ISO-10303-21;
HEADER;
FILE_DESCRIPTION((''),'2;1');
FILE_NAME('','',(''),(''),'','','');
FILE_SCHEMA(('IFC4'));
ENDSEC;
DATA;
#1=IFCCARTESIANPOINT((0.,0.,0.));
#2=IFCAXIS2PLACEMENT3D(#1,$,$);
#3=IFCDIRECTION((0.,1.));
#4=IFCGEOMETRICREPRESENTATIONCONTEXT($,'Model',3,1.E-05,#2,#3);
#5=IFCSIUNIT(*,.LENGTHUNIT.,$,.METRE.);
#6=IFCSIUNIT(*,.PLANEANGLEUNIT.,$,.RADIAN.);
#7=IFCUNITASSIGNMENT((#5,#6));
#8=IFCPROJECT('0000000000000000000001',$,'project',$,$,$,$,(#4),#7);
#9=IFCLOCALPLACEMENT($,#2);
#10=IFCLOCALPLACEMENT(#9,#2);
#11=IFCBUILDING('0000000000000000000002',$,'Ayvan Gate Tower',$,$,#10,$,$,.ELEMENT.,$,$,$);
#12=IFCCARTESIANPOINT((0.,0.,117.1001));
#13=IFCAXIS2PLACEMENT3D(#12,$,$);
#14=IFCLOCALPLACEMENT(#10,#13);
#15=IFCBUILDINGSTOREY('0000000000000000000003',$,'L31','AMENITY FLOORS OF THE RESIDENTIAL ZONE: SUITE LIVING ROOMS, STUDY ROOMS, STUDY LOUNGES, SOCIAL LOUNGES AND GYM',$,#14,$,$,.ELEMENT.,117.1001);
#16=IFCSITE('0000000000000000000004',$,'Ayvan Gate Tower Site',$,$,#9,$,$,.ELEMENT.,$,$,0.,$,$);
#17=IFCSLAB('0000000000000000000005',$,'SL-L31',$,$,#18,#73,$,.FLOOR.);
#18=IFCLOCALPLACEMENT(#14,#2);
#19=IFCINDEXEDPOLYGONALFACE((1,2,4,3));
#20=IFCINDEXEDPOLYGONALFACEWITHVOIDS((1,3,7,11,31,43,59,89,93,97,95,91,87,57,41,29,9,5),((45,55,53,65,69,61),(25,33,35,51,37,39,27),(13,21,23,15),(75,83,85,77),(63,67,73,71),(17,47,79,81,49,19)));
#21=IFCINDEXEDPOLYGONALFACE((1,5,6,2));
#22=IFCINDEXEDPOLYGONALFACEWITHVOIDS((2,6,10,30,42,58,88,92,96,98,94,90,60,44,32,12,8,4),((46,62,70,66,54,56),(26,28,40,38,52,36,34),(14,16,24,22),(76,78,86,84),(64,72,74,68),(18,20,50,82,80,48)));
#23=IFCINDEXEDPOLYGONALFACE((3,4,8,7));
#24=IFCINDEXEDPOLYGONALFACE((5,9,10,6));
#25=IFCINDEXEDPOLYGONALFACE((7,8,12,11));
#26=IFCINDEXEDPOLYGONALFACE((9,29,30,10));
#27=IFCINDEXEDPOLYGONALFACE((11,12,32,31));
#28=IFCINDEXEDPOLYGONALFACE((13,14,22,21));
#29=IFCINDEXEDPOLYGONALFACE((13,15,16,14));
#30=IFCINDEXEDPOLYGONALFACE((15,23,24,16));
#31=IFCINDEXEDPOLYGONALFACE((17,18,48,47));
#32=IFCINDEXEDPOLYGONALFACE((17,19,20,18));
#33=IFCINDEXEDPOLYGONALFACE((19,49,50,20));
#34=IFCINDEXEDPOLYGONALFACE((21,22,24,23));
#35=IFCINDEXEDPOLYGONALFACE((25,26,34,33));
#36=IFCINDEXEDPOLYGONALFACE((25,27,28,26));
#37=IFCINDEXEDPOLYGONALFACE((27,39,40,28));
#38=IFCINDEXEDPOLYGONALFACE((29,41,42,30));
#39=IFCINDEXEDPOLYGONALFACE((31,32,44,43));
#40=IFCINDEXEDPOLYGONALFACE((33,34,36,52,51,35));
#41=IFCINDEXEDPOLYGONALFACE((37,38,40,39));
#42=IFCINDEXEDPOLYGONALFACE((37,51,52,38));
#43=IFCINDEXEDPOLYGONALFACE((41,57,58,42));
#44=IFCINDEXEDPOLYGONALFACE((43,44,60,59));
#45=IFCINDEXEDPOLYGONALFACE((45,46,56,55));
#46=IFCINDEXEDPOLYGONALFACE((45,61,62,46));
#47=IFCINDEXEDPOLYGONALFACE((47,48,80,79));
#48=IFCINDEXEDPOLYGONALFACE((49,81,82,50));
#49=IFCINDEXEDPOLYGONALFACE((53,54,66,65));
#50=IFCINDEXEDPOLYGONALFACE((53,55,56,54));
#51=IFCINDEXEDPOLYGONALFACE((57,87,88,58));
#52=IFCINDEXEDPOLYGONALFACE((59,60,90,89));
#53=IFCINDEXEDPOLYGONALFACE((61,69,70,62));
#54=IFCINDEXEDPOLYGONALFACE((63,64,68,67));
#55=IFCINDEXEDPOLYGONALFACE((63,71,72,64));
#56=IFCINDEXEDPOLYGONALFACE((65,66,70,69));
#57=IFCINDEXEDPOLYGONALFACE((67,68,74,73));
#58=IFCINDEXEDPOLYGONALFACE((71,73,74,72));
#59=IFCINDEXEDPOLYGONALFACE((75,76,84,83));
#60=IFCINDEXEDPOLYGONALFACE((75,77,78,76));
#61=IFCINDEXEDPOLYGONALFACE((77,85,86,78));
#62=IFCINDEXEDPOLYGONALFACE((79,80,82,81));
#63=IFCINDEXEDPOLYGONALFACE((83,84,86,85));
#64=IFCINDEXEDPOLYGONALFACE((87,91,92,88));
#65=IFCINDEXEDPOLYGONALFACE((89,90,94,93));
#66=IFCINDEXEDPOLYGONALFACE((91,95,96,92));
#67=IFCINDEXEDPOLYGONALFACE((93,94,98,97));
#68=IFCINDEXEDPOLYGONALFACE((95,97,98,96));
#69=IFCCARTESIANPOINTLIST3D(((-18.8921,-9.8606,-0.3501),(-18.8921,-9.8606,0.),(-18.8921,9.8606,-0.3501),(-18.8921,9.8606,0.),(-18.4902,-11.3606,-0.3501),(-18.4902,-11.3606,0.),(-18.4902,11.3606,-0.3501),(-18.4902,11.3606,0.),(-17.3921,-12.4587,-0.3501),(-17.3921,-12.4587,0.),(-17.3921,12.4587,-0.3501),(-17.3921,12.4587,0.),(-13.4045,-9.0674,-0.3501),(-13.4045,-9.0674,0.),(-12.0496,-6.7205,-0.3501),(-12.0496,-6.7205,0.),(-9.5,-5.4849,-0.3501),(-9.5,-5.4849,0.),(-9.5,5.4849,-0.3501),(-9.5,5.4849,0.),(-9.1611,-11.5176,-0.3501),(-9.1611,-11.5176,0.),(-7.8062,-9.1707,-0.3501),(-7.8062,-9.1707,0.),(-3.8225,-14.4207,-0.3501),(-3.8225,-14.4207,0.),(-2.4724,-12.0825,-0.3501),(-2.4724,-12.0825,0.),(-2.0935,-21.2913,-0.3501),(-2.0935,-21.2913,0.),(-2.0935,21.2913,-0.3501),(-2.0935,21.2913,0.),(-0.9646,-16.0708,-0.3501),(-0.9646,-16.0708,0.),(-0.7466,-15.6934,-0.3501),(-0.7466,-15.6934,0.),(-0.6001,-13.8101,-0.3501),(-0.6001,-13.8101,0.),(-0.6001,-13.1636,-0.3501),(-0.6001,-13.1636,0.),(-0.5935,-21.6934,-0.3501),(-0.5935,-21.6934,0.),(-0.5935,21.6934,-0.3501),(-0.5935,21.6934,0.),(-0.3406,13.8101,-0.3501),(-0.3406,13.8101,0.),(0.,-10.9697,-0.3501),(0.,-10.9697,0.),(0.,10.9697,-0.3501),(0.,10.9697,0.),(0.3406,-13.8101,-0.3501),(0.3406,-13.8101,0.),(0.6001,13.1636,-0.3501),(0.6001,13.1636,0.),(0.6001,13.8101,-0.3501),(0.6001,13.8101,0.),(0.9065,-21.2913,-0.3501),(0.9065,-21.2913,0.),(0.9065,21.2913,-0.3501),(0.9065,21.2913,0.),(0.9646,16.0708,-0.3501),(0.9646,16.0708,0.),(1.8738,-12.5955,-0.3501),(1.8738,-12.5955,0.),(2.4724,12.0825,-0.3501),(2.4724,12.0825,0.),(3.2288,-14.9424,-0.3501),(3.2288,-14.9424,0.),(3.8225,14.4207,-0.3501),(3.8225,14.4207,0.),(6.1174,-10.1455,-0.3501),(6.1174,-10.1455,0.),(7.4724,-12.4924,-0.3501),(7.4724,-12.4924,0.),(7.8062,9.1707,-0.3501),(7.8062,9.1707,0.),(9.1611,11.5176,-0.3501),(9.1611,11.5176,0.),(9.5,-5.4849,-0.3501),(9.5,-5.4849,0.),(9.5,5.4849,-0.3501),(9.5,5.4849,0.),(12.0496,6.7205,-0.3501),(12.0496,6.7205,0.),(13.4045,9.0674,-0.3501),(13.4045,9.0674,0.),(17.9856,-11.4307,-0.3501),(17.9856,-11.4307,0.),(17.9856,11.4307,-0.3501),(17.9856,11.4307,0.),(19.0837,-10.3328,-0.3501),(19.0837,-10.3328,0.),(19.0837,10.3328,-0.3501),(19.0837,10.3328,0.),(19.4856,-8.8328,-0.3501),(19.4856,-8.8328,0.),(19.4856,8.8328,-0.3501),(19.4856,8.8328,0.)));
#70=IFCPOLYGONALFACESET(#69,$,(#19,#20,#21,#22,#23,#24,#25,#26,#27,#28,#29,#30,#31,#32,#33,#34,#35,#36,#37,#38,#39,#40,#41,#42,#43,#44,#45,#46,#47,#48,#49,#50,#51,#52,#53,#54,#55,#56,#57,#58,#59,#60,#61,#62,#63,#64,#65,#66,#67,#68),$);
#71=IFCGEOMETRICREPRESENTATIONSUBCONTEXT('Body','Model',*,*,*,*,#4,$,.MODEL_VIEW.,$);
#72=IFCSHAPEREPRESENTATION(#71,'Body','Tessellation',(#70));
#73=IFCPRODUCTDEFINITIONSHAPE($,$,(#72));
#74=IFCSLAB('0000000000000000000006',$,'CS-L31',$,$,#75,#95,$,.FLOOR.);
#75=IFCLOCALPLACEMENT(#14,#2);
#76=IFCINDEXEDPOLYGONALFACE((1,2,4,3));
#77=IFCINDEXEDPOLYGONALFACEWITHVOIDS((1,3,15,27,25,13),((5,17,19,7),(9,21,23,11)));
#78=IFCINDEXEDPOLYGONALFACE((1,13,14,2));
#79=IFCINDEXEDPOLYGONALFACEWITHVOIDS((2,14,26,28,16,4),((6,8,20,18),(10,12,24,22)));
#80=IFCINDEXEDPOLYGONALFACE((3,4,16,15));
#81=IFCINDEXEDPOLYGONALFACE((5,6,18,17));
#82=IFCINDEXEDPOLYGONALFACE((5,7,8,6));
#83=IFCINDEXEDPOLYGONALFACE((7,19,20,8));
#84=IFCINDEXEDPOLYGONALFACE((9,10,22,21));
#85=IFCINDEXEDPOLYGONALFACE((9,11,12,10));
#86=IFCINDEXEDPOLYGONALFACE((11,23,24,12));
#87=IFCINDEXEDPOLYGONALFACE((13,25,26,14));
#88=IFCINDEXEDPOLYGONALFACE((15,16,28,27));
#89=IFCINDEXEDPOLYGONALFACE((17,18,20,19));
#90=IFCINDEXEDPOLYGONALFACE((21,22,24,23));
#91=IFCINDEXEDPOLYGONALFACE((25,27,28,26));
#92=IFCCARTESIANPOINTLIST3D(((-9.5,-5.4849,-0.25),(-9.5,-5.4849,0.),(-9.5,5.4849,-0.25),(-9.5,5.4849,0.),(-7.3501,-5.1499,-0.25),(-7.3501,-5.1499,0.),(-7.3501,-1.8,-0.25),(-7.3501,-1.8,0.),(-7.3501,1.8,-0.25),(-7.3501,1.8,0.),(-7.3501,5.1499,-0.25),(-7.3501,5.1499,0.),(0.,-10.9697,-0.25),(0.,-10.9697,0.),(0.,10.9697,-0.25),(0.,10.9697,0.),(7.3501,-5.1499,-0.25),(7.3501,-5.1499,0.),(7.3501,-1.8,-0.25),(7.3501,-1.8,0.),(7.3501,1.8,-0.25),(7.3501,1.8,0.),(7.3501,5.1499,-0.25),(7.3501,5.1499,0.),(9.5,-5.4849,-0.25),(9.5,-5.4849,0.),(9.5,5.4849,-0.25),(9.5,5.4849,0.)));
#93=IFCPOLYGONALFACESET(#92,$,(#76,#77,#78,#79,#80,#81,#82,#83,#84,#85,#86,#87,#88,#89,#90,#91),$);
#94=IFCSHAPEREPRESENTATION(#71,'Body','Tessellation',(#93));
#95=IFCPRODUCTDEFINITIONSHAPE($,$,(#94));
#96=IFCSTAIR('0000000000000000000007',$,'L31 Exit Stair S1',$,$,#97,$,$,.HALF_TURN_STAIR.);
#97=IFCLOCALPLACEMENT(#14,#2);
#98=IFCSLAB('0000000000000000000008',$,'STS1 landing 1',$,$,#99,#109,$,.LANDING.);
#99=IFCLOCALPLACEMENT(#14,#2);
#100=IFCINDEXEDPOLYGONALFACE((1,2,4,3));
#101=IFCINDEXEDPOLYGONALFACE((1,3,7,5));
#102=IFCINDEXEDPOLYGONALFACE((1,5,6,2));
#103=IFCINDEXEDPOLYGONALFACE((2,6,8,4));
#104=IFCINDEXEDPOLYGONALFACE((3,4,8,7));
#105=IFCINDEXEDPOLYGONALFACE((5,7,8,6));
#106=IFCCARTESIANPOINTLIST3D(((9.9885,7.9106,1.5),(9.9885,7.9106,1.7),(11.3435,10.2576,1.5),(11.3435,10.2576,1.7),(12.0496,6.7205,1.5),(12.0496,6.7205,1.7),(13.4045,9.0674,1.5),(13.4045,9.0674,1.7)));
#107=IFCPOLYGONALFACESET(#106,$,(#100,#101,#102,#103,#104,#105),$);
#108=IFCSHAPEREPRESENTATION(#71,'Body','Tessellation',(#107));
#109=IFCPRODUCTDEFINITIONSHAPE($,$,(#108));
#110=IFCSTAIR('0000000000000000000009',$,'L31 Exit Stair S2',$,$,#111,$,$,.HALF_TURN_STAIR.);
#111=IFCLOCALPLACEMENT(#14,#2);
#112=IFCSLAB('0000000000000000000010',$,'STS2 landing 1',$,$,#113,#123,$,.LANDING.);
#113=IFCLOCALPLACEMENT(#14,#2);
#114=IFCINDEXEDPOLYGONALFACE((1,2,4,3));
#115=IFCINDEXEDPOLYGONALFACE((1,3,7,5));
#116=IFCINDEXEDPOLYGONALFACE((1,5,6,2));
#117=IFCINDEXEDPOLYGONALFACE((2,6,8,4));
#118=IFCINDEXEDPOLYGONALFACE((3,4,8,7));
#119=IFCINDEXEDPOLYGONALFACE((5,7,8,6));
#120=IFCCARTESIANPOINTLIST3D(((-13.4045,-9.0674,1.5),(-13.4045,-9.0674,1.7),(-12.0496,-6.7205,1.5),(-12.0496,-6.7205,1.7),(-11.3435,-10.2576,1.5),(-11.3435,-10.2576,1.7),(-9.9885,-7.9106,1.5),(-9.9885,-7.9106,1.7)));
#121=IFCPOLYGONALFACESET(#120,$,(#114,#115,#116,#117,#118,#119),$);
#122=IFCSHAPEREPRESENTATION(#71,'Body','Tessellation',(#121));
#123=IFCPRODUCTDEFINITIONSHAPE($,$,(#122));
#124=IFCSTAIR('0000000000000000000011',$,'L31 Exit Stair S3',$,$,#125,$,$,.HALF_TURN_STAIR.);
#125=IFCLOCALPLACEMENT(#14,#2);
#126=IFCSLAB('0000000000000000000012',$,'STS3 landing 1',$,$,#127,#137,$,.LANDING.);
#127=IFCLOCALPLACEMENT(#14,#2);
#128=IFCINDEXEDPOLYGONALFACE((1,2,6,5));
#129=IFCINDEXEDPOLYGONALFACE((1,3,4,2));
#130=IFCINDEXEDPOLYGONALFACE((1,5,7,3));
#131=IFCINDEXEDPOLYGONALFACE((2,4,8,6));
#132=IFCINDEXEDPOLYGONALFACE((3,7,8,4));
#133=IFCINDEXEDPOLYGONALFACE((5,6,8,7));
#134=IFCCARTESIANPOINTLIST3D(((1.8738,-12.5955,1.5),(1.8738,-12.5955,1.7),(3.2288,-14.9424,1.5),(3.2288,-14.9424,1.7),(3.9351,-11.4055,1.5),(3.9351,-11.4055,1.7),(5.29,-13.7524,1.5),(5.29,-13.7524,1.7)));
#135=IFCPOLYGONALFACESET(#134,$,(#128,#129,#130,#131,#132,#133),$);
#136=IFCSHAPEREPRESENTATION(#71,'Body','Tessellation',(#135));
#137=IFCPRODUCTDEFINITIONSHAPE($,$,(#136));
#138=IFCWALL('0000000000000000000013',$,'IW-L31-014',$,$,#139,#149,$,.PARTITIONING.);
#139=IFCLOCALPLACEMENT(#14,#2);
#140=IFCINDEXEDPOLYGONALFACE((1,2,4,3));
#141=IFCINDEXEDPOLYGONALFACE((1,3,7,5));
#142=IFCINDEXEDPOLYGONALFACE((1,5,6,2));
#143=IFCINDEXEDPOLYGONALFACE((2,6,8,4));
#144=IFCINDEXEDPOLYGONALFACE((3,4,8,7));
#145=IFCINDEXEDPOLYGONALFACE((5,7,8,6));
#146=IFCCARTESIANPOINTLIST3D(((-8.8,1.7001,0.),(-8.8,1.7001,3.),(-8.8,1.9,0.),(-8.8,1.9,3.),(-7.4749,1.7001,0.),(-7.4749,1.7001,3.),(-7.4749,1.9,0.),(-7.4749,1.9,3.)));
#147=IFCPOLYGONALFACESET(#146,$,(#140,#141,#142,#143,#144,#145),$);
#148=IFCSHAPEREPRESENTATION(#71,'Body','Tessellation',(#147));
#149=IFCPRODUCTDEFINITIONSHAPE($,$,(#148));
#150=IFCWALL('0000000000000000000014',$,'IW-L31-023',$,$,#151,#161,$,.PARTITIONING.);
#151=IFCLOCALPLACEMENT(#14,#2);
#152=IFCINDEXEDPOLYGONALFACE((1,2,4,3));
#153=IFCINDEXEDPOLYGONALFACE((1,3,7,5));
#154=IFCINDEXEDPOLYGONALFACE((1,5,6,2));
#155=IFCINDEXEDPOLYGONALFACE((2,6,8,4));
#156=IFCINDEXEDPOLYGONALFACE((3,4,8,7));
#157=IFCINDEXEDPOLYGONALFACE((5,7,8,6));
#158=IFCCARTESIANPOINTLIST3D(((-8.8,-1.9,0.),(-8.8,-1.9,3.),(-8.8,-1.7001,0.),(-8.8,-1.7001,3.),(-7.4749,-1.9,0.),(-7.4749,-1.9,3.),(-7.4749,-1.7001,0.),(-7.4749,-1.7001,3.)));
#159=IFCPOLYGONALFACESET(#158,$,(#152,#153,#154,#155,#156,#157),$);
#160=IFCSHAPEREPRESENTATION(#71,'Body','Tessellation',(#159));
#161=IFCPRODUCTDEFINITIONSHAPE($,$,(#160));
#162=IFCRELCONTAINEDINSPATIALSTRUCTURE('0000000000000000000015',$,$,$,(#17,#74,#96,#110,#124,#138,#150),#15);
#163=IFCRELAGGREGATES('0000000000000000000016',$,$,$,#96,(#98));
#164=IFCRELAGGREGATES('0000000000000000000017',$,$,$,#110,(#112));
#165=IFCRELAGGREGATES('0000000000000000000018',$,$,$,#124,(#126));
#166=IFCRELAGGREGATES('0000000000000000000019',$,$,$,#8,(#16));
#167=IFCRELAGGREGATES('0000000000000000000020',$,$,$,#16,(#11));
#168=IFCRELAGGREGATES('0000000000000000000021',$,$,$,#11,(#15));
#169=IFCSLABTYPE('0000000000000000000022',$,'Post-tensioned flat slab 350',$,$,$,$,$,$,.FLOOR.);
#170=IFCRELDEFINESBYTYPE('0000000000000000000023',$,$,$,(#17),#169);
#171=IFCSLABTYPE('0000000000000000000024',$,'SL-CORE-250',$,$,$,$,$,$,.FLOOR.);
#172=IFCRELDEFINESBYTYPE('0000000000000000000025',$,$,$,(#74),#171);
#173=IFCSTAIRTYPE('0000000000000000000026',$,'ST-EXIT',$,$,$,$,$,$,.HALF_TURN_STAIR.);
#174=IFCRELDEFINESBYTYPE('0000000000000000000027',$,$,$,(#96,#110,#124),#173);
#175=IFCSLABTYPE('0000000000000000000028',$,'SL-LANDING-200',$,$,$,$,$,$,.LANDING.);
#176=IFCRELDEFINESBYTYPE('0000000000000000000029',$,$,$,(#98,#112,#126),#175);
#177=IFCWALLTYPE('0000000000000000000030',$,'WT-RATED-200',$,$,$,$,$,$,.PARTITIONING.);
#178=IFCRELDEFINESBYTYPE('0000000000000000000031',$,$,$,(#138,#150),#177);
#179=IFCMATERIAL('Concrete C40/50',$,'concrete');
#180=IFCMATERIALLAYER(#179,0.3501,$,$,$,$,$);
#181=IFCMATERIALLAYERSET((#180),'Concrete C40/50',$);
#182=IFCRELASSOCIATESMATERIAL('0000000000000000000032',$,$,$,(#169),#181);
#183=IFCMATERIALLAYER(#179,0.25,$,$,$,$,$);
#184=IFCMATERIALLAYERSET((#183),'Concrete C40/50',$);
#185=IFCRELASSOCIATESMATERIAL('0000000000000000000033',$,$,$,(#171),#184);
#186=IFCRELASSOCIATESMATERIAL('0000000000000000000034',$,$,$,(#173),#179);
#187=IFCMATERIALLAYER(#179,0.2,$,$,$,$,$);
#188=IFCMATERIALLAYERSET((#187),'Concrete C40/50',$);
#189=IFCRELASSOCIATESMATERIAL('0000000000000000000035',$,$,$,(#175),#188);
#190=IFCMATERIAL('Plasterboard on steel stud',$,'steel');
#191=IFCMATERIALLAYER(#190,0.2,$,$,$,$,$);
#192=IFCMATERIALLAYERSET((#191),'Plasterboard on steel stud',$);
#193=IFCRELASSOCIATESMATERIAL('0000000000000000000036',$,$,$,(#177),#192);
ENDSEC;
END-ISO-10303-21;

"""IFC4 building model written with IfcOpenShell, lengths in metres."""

from ifc_helpers import new_model, si_unit, direction, frame, frame_2d, origin, place, context, subcontext, project, spatial, polyline, rectangle, outline, extrude, material, layer, layer_set, type_object, element, aggregate, save


model = new_model("IFC4")

# Units and contexts
model_context = context("Model", 3, precision=1e-05, world=origin(), true_north=direction((0.0, 1.0)))
body_context = subcontext(model_context, "Body", "Model", "MODEL_VIEW")
ifc_project = project(units=[si_unit("LENGTHUNIT", "METRE"), si_unit("PLANEANGLEUNIT", "RADIAN")], contexts=[model_context])

# Site, building, storey
site_placement = place(None, origin())
site = spatial("IfcSite", under=ifc_project, at=site_placement, Name="Ayvan Gate Tower Site", CompositionType="ELEMENT", RefElevation=0.0)
building_placement = place(site_placement, origin())
building = spatial("IfcBuilding", under=site, at=building_placement, Name="Ayvan Gate Tower", CompositionType="ELEMENT")
storey_placement = place(building_placement, frame((0.0, 0.0, 117.1001)))
storey = spatial("IfcBuildingStorey", under=building, at=storey_placement, Name="L31", Description="AMENITY FLOORS OF THE RESIDENTIAL ZONE: SUITE LIVING ROOMS, STUDY ROOMS, STUDY LOUNGES, SOCIAL LOUNGES AND GYM", CompositionType="ELEMENT", Elevation=117.1001)

# Slabs
ifc_material_1 = material(Name="Concrete C40/50", Category="concrete")
ifc_layer_1 = layer(ifc_material_1, 0.3501)
ifc_layer_set_1 = layer_set([ifc_layer_1], Name="Concrete C40/50")
slab_type_1 = type_object("IfcSlabType", Name="Post-tensioned flat slab 350", PredefinedType="FLOOR", material=ifc_layer_set_1)
slab_1_placement = place(storey_placement, frame((0.0, 0.0, -0.3501)))
element("IfcSlab", 1, at=slab_1_placement, inside=storey, type_object=slab_type_1, Name="SL-L31", PredefinedType="FLOOR", context=body_context, shape_type="SweptSolid", body=[
    extrude(outline(polyline([(0.9065, -21.2913), (-0.5935, -21.6934), (-2.0935, -21.2913), (-17.3921, -12.4587), (-18.4902, -11.3606), (-18.8921, -9.8606), (-18.8921, 9.8606), (-18.4902, 11.3606), (-17.3921, 12.4587), (-2.0935, 21.2913), (-0.5935, 21.6934), (0.9065, 21.2913), (17.9856, 11.4307), (19.0837, 10.3328), (19.4856, 8.8328), (19.4856, -8.8328), (19.0837, -10.3328), (17.9856, -11.4307), (0.9065, -21.2913)]), holes=[polyline([(12.0496, 6.7205), (13.4045, 9.0674), (9.1611, 11.5176), (7.8062, 9.1707), (12.0496, 6.7205)]), polyline([(9.5, 5.4849), (0.0, 10.9697), (-9.5, 5.4849), (-9.5, -5.4849), (0.0, -10.9697), (9.5, -5.4849), (9.5, 5.4849)]), polyline([(1.8738, -12.5955), (3.2288, -14.9424), (7.4724, -12.4924), (6.1174, -10.1455), (1.8738, -12.5955)]), polyline([(0.6001, 13.1636), (2.4724, 12.0825), (3.8225, 14.4207), (0.9646, 16.0708), (-0.3406, 13.8101), (0.6001, 13.8101), (0.6001, 13.1636)]), polyline([(-0.7466, -15.6934), (0.3406, -13.8101), (-0.6001, -13.8101), (-0.6001, -13.1636), (-2.4724, -12.0825), (-3.8225, -14.4207), (-0.9646, -16.0708), (-0.7466, -15.6934)]), polyline([(-9.1611, -11.5176), (-7.8062, -9.1707), (-12.0496, -6.7205), (-13.4045, -9.0674), (-9.1611, -11.5176)])]), origin(), (0.0, 0.0, 1.0), 0.3501),
])
ifc_layer_2 = layer(ifc_material_1, 0.25)
ifc_layer_set_2 = layer_set([ifc_layer_2], Name="Concrete C40/50")
slab_type_2 = type_object("IfcSlabType", Name="SL-CORE-250", PredefinedType="FLOOR", material=ifc_layer_set_2)
slab_2_placement = place(storey_placement, frame((0.0, 0.0, -0.25)))
element("IfcSlab", 2, at=slab_2_placement, inside=storey, type_object=slab_type_2, Name="CS-L31", PredefinedType="FLOOR", context=body_context, shape_type="SweptSolid", body=[
    extrude(outline(polyline([(9.5, -5.4849), (0.0, -10.9697), (-9.5, -5.4849), (-9.5, 5.4849), (0.0, 10.9697), (9.5, 5.4849), (9.5, -5.4849)]), holes=[polyline([(-7.3501, -1.8), (-7.3501, -5.1499), (7.3501, -5.1499), (7.3501, -1.8), (-7.3501, -1.8)]), polyline([(-7.3501, 5.1499), (-7.3501, 1.8), (7.3501, 1.8), (7.3501, 5.1499), (-7.3501, 5.1499)])]), origin(), (0.0, 0.0, 1.0), 0.25),
])

# Stairs, slabs
stair_type = type_object("IfcStairType", Name="ST-EXIT", PredefinedType="HALF_TURN_STAIR", material=ifc_material_1)
stair_1_placement = place(storey_placement, origin())
stair_1 = element("IfcStair", 3, at=stair_1_placement, inside=storey, type_object=stair_type, Name="L31 Exit Stair S1", PredefinedType="HALF_TURN_STAIR")
ifc_layer_3 = layer(ifc_material_1, 0.2)
ifc_layer_set_3 = layer_set([ifc_layer_3], Name="Concrete C40/50")
slab_type_3 = type_object("IfcSlabType", Name="SL-LANDING-200", PredefinedType="LANDING", material=ifc_layer_set_3)
slab_3_placement = place(storey_placement, frame((0.0, 0.0, 1.5)))
slab_3 = element("IfcSlab", 4, at=slab_3_placement, type_object=slab_type_3, Name="STS1 landing 1", PredefinedType="LANDING", context=body_context, shape_type="SweptSolid", body=[
    extrude(outline(polyline([(9.9885, 7.9106), (12.0496, 6.7205), (13.4045, 9.0674), (11.3435, 10.2576), (9.9885, 7.9106)])), origin(), (0.0, 0.0, 1.0), 0.2),
])
aggregate(stair_1, [slab_3])
stair_2_placement = place(storey_placement, origin())
stair_2 = element("IfcStair", 5, at=stair_2_placement, inside=storey, type_object=stair_type, Name="L31 Exit Stair S2", PredefinedType="HALF_TURN_STAIR")
slab_4_placement = place(storey_placement, frame((0.0, 0.0, 1.5)))
slab_4 = element("IfcSlab", 6, at=slab_4_placement, type_object=slab_type_3, Name="STS2 landing 1", PredefinedType="LANDING", context=body_context, shape_type="SweptSolid", body=[
    extrude(outline(polyline([(-9.9885, -7.9106), (-12.0496, -6.7205), (-13.4045, -9.0674), (-11.3435, -10.2576), (-9.9885, -7.9106)])), origin(), (0.0, 0.0, 1.0), 0.2),
])
aggregate(stair_2, [slab_4])
stair_3_placement = place(storey_placement, origin())
stair_3 = element("IfcStair", 7, at=stair_3_placement, inside=storey, type_object=stair_type, Name="L31 Exit Stair S3", PredefinedType="HALF_TURN_STAIR")
slab_5_placement = place(storey_placement, frame((0.0, 0.0, 1.5)))
slab_5 = element("IfcSlab", 8, at=slab_5_placement, type_object=slab_type_3, Name="STS3 landing 1", PredefinedType="LANDING", context=body_context, shape_type="SweptSolid", body=[
    extrude(outline(polyline([(3.9351, -11.4055), (1.8738, -12.5955), (3.2288, -14.9424), (5.29, -13.7524), (3.9351, -11.4055)])), origin(), (0.0, 0.0, 1.0), 0.2),
])
aggregate(stair_3, [slab_5])

# Walls
ifc_material_2 = material(Name="Plasterboard on steel stud", Category="steel")
ifc_layer_4 = layer(ifc_material_2, 0.2)
ifc_layer_set_4 = layer_set([ifc_layer_4], Name="Plasterboard on steel stud")
wall_type_1 = type_object("IfcWallType", Name="WT-RATED-200", PredefinedType="PARTITIONING", material=ifc_layer_set_4)
for number, where, z_axis, x_axis, name in (
    (9, (-8.8, 1.8, 0.0), (0.0, 0.0, 1.0), (1.0, 0.0, 0.0), "IW-L31-014"),
    (10, (-7.4749, -1.8, 0.0), (0.0, 0.0, 1.0), (-1.0, 0.0, 0.0), "IW-L31-023"),
):
    element("IfcWall", number, at=place(storey_placement, frame(where, z_axis=z_axis, x_axis=x_axis)), inside=storey, type_object=wall_type_1, Name=name, PredefinedType="PARTITIONING", context=body_context, shape_type="SweptSolid", body=[
        extrude(rectangle(XDim=1.3252, YDim=0.2, at=frame_2d((0.6626, 0.0))), origin(), (0.0, 0.0, 1.0), 3.0),
    ])

save(model, "model.ifc")
